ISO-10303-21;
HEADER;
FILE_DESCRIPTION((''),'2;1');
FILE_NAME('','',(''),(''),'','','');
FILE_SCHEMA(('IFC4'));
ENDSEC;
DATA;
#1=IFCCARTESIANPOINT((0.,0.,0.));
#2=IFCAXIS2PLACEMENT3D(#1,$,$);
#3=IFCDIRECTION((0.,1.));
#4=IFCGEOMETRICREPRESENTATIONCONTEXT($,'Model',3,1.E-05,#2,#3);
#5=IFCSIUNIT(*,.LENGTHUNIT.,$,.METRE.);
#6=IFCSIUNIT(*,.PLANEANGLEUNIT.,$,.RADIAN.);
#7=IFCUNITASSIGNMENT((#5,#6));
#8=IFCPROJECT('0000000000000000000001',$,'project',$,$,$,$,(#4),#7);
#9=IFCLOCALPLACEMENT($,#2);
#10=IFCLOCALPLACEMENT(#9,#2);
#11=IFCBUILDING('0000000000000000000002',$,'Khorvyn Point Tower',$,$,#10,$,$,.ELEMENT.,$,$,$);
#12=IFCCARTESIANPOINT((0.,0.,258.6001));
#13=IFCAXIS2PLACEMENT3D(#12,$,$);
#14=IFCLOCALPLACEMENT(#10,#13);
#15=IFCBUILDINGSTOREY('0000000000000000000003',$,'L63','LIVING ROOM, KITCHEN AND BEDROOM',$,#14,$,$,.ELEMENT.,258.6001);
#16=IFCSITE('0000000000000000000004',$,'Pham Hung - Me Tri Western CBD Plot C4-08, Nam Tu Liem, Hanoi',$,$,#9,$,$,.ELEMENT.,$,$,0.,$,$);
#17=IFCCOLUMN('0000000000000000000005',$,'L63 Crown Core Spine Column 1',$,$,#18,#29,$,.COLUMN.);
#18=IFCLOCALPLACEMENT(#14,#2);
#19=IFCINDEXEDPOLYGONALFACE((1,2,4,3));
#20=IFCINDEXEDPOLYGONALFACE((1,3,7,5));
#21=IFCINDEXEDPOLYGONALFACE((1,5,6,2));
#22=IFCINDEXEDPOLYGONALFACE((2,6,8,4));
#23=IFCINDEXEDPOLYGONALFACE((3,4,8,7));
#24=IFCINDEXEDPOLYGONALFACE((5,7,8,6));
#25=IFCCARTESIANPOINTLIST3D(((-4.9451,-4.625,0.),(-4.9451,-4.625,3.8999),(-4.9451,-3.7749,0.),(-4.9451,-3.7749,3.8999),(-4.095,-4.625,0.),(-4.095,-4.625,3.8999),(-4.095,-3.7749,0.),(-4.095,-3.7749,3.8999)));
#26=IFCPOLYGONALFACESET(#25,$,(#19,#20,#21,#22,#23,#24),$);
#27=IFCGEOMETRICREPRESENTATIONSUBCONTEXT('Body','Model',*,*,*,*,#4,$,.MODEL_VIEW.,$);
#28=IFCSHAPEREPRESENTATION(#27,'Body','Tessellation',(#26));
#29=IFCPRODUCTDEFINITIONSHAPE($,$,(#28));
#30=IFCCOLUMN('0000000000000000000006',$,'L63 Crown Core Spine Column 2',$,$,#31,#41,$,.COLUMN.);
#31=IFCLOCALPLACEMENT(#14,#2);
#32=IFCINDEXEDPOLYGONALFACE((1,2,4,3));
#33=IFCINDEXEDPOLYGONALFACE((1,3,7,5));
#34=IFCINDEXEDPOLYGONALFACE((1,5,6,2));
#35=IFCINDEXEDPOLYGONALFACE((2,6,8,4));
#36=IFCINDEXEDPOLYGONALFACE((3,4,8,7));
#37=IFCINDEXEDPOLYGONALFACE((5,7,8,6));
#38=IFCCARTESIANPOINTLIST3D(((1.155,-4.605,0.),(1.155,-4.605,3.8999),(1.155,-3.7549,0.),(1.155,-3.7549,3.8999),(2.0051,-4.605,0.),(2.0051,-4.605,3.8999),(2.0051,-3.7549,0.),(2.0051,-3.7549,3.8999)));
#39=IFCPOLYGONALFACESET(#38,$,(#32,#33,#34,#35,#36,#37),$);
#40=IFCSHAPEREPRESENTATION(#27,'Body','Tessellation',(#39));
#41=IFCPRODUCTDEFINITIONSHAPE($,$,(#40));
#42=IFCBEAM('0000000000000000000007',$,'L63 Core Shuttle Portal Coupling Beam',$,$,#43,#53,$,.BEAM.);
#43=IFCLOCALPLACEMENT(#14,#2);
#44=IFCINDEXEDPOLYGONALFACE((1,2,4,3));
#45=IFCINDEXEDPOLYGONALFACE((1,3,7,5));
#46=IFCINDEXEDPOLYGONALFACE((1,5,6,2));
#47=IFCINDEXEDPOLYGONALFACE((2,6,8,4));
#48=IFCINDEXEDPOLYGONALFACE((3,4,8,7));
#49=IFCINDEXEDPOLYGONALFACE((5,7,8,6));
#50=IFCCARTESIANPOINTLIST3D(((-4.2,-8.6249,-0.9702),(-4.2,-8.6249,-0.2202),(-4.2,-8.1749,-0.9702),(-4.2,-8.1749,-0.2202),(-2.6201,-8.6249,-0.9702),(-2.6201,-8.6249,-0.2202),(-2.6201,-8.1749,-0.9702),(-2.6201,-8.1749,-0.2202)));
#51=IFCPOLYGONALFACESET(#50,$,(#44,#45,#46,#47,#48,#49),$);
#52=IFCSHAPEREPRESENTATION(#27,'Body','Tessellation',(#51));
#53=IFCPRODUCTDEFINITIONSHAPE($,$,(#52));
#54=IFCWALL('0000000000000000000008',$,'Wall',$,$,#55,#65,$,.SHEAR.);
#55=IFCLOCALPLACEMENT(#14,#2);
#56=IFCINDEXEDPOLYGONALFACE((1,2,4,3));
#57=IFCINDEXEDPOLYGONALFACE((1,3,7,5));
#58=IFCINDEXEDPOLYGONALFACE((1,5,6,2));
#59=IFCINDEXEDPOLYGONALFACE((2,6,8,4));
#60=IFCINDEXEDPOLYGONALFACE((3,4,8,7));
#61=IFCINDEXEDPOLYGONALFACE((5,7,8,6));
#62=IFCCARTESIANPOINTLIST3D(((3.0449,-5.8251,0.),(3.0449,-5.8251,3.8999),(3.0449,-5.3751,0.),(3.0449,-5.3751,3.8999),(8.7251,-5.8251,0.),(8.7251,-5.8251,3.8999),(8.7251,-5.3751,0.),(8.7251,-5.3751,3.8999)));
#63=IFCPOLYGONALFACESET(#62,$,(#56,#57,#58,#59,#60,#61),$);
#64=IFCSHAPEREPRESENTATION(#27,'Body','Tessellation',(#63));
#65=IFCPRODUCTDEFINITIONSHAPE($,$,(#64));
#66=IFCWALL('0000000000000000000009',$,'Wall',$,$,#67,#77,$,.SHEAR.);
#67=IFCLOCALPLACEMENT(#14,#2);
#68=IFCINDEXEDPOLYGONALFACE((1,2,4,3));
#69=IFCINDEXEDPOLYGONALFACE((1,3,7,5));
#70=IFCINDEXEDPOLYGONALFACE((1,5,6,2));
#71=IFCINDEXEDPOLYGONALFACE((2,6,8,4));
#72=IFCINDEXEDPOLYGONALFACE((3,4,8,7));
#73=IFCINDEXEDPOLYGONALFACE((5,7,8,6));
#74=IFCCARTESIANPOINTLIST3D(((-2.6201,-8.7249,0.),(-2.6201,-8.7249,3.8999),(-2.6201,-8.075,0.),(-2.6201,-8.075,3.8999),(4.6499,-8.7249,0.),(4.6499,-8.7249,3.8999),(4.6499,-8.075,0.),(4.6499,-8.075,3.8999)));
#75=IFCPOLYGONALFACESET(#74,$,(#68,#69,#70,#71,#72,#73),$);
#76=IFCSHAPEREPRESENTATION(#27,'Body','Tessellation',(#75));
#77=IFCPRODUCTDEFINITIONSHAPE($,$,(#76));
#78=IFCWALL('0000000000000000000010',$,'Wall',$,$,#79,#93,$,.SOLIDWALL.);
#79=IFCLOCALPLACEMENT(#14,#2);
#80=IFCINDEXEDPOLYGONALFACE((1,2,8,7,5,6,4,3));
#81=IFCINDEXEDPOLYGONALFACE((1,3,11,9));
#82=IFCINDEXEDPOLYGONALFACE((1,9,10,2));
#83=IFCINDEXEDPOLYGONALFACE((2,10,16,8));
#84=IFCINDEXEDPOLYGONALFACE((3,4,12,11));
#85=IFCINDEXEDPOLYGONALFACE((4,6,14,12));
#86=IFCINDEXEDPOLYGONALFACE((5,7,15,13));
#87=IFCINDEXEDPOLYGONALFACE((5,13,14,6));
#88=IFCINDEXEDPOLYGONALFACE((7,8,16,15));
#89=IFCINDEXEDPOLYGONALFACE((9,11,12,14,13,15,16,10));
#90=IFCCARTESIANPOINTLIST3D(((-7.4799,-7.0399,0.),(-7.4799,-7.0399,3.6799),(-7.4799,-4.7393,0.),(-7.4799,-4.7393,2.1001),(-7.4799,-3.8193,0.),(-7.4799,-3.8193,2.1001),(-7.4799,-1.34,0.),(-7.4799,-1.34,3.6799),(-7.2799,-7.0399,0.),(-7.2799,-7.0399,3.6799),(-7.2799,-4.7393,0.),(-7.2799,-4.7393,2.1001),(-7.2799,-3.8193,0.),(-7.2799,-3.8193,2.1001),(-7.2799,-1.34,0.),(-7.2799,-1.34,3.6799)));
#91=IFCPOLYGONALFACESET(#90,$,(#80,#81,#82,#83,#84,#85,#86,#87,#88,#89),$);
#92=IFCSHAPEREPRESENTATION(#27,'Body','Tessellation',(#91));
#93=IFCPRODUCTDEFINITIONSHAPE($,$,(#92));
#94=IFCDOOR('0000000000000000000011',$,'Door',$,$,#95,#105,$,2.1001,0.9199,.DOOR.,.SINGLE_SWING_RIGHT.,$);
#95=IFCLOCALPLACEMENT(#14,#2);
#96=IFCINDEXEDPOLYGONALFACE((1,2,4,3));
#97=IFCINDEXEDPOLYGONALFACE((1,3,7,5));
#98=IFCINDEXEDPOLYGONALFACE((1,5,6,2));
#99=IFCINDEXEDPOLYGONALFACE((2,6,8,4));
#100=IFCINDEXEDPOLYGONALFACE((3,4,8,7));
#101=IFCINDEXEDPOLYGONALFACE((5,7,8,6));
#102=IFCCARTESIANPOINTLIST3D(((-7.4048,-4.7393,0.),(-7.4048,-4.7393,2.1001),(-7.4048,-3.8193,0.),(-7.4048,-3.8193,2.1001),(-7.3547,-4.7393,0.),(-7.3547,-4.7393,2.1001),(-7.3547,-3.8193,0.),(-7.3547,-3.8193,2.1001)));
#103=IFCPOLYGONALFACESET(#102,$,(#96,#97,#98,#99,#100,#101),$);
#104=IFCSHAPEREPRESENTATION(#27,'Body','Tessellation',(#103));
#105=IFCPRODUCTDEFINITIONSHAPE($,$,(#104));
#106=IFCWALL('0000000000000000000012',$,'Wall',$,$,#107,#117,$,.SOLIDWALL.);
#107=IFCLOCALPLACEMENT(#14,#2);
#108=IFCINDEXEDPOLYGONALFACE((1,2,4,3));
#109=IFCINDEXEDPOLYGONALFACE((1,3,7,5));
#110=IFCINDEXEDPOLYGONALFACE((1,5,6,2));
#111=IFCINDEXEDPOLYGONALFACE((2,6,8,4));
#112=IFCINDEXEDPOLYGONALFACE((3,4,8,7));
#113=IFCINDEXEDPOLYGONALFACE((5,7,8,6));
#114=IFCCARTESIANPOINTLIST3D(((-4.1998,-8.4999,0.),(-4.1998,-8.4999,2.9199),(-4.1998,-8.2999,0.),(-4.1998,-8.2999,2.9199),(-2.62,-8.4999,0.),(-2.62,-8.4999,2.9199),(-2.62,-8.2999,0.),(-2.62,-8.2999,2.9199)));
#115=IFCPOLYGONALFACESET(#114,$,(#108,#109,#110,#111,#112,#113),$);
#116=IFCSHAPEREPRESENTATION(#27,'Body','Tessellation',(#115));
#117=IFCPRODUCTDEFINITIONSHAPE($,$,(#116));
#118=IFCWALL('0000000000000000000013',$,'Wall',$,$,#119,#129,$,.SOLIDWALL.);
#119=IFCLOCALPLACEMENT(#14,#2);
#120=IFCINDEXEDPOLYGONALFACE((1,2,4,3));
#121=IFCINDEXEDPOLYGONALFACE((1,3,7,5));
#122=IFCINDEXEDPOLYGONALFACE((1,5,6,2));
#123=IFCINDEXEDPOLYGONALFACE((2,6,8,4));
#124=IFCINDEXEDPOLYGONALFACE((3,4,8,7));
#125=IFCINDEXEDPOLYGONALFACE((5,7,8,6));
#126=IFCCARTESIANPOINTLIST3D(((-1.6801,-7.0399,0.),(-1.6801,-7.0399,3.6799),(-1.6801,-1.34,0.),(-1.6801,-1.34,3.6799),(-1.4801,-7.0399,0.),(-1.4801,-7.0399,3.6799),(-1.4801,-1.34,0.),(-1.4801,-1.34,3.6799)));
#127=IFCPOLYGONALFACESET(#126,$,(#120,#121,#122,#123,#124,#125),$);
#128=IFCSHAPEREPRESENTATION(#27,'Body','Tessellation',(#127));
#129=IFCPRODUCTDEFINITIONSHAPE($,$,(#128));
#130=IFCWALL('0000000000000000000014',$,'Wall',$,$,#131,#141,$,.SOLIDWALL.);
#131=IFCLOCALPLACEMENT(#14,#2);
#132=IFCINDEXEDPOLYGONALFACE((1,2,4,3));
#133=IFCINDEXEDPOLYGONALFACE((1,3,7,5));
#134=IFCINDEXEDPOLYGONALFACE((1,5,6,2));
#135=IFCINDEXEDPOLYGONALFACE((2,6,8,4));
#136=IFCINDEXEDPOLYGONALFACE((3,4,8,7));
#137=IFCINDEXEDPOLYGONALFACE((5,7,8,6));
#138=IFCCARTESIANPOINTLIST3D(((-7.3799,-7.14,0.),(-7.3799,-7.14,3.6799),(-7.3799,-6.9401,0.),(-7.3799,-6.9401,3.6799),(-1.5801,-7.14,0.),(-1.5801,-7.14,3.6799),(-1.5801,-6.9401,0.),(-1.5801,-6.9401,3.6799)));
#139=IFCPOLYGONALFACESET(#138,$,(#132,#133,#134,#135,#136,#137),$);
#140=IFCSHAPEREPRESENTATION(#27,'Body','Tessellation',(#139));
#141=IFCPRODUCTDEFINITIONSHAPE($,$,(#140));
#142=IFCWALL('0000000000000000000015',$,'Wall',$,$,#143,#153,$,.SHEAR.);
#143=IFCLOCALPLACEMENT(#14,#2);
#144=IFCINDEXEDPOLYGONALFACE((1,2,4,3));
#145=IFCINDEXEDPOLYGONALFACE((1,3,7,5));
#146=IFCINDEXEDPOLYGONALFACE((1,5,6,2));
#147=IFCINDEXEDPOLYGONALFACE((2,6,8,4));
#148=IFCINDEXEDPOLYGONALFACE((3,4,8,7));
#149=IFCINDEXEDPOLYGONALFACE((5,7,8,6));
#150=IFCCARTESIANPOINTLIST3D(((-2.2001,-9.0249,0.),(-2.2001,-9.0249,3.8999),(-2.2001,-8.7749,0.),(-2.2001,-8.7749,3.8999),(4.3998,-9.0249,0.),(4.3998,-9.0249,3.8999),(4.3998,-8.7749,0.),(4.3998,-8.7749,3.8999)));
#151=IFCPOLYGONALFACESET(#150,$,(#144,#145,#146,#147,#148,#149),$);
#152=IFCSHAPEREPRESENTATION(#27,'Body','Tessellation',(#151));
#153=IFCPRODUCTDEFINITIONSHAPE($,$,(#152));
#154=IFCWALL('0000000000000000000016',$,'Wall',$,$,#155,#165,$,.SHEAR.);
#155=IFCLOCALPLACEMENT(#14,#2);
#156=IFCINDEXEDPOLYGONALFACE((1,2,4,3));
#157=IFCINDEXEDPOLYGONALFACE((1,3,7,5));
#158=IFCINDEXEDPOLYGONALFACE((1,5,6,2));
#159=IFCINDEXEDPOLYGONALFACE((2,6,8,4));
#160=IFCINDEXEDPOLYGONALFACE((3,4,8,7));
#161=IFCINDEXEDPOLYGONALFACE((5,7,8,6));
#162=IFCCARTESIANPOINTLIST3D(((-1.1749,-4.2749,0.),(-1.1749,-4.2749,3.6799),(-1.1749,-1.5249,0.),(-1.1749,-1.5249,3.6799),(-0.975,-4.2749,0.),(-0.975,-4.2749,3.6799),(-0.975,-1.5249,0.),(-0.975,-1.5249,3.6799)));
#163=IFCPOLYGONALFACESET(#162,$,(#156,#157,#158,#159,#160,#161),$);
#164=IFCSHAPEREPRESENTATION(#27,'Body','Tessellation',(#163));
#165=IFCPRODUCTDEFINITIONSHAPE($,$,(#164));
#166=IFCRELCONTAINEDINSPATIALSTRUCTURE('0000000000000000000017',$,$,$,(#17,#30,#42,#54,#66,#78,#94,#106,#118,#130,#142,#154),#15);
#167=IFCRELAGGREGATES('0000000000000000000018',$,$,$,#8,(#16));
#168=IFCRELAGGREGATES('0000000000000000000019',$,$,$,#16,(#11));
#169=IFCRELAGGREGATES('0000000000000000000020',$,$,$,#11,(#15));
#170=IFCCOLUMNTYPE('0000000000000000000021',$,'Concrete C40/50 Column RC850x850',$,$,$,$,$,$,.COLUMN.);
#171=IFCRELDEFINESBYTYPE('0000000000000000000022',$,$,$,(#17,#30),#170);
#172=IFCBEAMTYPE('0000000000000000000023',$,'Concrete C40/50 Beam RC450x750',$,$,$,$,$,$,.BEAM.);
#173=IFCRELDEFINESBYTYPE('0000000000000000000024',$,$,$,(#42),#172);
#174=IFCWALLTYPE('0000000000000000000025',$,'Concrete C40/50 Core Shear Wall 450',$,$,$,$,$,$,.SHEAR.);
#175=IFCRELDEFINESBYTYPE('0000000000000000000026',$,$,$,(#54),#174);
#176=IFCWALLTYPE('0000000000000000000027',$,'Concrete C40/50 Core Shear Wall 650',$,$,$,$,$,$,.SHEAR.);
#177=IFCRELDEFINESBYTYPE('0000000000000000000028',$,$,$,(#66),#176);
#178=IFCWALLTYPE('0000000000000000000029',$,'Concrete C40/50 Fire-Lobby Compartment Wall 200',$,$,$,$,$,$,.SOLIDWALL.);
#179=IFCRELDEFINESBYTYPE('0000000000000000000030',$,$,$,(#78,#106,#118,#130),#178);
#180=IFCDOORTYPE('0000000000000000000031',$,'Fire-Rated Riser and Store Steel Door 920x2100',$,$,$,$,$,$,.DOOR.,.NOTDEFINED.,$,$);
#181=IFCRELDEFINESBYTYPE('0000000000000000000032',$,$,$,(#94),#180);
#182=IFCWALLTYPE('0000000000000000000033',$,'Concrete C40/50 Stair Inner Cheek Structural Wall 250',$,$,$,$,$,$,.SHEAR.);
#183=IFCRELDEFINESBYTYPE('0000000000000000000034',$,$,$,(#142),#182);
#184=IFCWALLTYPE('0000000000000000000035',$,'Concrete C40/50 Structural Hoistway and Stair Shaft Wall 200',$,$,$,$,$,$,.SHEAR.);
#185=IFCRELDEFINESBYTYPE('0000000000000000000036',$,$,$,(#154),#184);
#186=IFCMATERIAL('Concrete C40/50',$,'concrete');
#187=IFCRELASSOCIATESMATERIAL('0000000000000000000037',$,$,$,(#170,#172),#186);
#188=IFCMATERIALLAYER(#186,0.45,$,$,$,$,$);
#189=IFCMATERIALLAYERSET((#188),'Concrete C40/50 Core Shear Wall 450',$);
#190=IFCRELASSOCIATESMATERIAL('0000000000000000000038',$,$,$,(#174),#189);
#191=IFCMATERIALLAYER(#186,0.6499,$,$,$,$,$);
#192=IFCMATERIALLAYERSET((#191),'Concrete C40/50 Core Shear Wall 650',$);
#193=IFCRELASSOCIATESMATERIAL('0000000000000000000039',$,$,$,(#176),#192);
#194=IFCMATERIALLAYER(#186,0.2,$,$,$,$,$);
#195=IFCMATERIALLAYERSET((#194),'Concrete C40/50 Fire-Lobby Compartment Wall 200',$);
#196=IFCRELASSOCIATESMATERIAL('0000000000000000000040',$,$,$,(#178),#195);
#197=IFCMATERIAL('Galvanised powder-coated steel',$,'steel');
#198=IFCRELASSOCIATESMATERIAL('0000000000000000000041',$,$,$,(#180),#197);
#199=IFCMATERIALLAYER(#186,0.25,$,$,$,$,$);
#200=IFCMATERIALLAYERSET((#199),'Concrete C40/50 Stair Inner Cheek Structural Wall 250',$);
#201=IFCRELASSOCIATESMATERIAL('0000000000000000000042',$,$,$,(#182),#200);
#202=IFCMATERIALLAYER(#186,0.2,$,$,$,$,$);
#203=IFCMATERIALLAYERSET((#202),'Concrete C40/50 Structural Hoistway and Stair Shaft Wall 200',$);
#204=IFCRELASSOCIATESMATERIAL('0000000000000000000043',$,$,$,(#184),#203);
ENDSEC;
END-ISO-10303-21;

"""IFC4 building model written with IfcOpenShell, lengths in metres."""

from ifc_helpers import new_model, si_unit, direction, frame, frame_2d, origin, origin_2d, place, context, subcontext, project, spatial, rectangle, extrude, material, layer, layer_set, material_profile, profile_set, type_object, element, fill, save


model = new_model("IFC4")

# Units and contexts
model_context = context("Model", 3, precision=1e-05, world=origin(), true_north=direction((0.0, 1.0)))
body_context = subcontext(model_context, "Body", "Model", "MODEL_VIEW")
ifc_project = project(units=[si_unit("LENGTHUNIT", "METRE"), si_unit("PLANEANGLEUNIT", "RADIAN")], contexts=[model_context])

# Site, building, storey
site_placement = place(None, origin())
site = spatial("IfcSite", under=ifc_project, at=site_placement, Name="Pham Hung - Me Tri Western CBD Plot C4-08, Nam Tu Liem, Hanoi", CompositionType="ELEMENT", RefElevation=0.0)
building_placement = place(site_placement, origin())
building = spatial("IfcBuilding", under=site, at=building_placement, Name="Khorvyn Point Tower", CompositionType="ELEMENT")
storey_placement = place(building_placement, frame((0.0, 0.0, 258.6001)))
storey = spatial("IfcBuildingStorey", under=building, at=storey_placement, Name="L63", Description="LIVING ROOM, KITCHEN AND BEDROOM", CompositionType="ELEMENT", Elevation=258.6001)

# Columns
ifc_material_1 = material(Name="Concrete C40/50", Category="concrete")
ifc_material_profile_1 = material_profile(ifc_material_1, rectangle(XDim=0.8501, YDim=0.8501, at=origin_2d()))
ifc_profile_set_1 = profile_set([ifc_material_profile_1], Name="Concrete C40/50 RC850x850")
column_type = type_object("IfcColumnType", Name="Concrete C40/50 Column RC850x850", PredefinedType="COLUMN", material=ifc_profile_set_1)
for number, where, z_axis, x_axis, name in (
    (1, (-4.52, -4.2, 0.0), (0.0, 0.0, 1.0), (1.0, 0.0, 0.0), "L63 Crown Core Spine Column 1"),
    (2, (1.5801, -4.1799, 0.0), (0.0, 0.0, 1.0), (1.0, 0.0, 0.0), "L63 Crown Core Spine Column 2"),
):
    element("IfcColumn", number, at=place(storey_placement, frame(where, z_axis=z_axis, x_axis=x_axis)), inside=storey, type_object=column_type, Name=name, PredefinedType="COLUMN", context=body_context, shape_type="SweptSolid", body=[
        extrude(rectangle(XDim=0.8501, YDim=0.8501, at=origin_2d()), origin(), (0.0, 0.0, 1.0), 3.8999),
    ])

# Beam
ifc_material_profile_2 = material_profile(ifc_material_1, rectangle(XDim=0.45, YDim=0.75, at=origin_2d()))
ifc_profile_set_2 = profile_set([ifc_material_profile_2], Name="Concrete C40/50 RC450x750")
beam_type = type_object("IfcBeamType", Name="Concrete C40/50 Beam RC450x750", PredefinedType="BEAM", material=ifc_profile_set_2)
beam_placement = place(storey_placement, frame((-4.2, -8.3999, -0.5952), z_axis=(1.0, 0.0, 0.0), x_axis=(0.0, 1.0, 0.0)))
element("IfcBeam", 3, at=beam_placement, inside=storey, type_object=beam_type, Name="L63 Core Shuttle Portal Coupling Beam", PredefinedType="BEAM", context=body_context, shape_type="SweptSolid", body=[
    extrude(rectangle(XDim=0.45, YDim=0.75, at=origin_2d()), origin(), (0.0, 0.0, 1.0), 1.5798),
])

# Walls
ifc_layer_1 = layer(ifc_material_1, 0.45)
ifc_layer_set_1 = layer_set([ifc_layer_1], Name="Concrete C40/50 Core Shear Wall 450")
wall_type_1 = type_object("IfcWallType", Name="Concrete C40/50 Core Shear Wall 450", PredefinedType="SHEAR", material=ifc_layer_set_1)
wall_1_placement = place(storey_placement, frame((3.0449, -5.6001, 0.0), z_axis=(0.0, 0.0, 1.0), x_axis=(1.0, 0.0, 0.0)))
element("IfcWall", 4, at=wall_1_placement, inside=storey, type_object=wall_type_1, Name="Wall", PredefinedType="SHEAR", context=body_context, shape_type="SweptSolid", body=[
    extrude(rectangle(XDim=5.6802, YDim=0.45, at=frame_2d((2.8401, 0.0))), origin(), (0.0, 0.0, 1.0), 3.8999),
])
ifc_layer_2 = layer(ifc_material_1, 0.6499)
ifc_layer_set_2 = layer_set([ifc_layer_2], Name="Concrete C40/50 Core Shear Wall 650")
wall_type_2 = type_object("IfcWallType", Name="Concrete C40/50 Core Shear Wall 650", PredefinedType="SHEAR", material=ifc_layer_set_2)
wall_2_placement = place(storey_placement, frame((-2.6201, -8.3999, 0.0), z_axis=(0.0, 0.0, 1.0), x_axis=(1.0, 0.0, 0.0)))
element("IfcWall", 5, at=wall_2_placement, inside=storey, type_object=wall_type_2, Name="Wall", PredefinedType="SHEAR", context=body_context, shape_type="SweptSolid", body=[
    extrude(rectangle(XDim=7.27, YDim=0.6499, at=frame_2d((3.635, 0.0))), origin(), (0.0, 0.0, 1.0), 3.8999),
])

# Wall, opening, door
ifc_layer_3 = layer(ifc_material_1, 0.2)
ifc_layer_set_3 = layer_set([ifc_layer_3], Name="Concrete C40/50 Fire-Lobby Compartment Wall 200")
wall_type_3 = type_object("IfcWallType", Name="Concrete C40/50 Fire-Lobby Compartment Wall 200", PredefinedType="SOLIDWALL", material=ifc_layer_set_3)
wall_3_placement = place(storey_placement, frame((-7.3799, -7.04, 0.0), z_axis=(0.0, 0.0, 1.0), x_axis=(0.0, 1.0, 0.0)))
wall_3 = element("IfcWall", 6, at=wall_3_placement, inside=storey, type_object=wall_type_3, Name="Wall", PredefinedType="SOLIDWALL", context=body_context, shape_type="SweptSolid", body=[
    extrude(rectangle(XDim=5.7, YDim=0.2, at=frame_2d((2.8501, 0.0))), origin(), (0.0, 0.0, 1.0), 3.6799),
])
opening_1_placement = place(wall_3_placement, frame((2.3008, 0.0, 0.0)))
opening_1 = element("IfcOpeningElement", 7, at=opening_1_placement, cuts=wall_3, PredefinedType="OPENING", context=body_context, shape_type="SweptSolid", body=[
    extrude(rectangle(XDim=0.9199, YDim=2.1001, at=frame_2d((0.46, 1.05))), frame((0.0, 0.1099, 0.0), z_axis=(0.0, -1.0, 0.0), x_axis=(1.0, 0.0, 0.0)), (0.0, 0.0, 1.0), 0.22),
])
ifc_material_2 = material(Name="Galvanised powder-coated steel", Category="steel")
door_type_1 = type_object("IfcDoorType", Name="Fire-Rated Riser and Store Steel Door 920x2100", OperationType="NOTDEFINED", PredefinedType="DOOR", material=ifc_material_2)
door_1_placement = place(opening_1_placement, origin())
door_1 = element("IfcDoor", 8, at=door_1_placement, inside=storey, type_object=door_type_1, Name="Door", OperationType="SINGLE_SWING_RIGHT", OverallHeight=2.1001, OverallWidth=0.9199, PredefinedType="DOOR", context=body_context, shape_type="SweptSolid", body=[
    extrude(rectangle(XDim=0.9199, YDim=2.1001, at=frame_2d((0.46, 1.05))), frame((0.0, 0.0249, 0.0), z_axis=(0.0, -1.0, 0.0), x_axis=(1.0, 0.0, 0.0)), (0.0, 0.0, 1.0), 0.05),
])
fill(opening_1, door_1)

# Walls
wall_4_placement = place(storey_placement, frame((-4.2, -8.3999, 0.0), z_axis=(0.0, 0.0, 1.0), x_axis=(1.0, 0.0, 0.0)))
element("IfcWall", 9, at=wall_4_placement, inside=storey, type_object=wall_type_3, Name="Wall", PredefinedType="SOLIDWALL", context=body_context, shape_type="SweptSolid", body=[
    extrude(rectangle(XDim=1.5798, YDim=0.2, at=frame_2d((0.79, 0.0))), origin(), (0.0, 0.0, 1.0), 2.9199),
])
wall_5_placement = place(storey_placement, frame((-1.5801, -7.04, 0.0), z_axis=(0.0, 0.0, 1.0), x_axis=(0.0, 1.0, 0.0)))
element("IfcWall", 10, at=wall_5_placement, inside=storey, type_object=wall_type_3, Name="Wall", PredefinedType="SOLIDWALL", context=body_context, shape_type="SweptSolid", body=[
    extrude(rectangle(XDim=5.7, YDim=0.2, at=frame_2d((2.8501, 0.0))), origin(), (0.0, 0.0, 1.0), 3.6799),
])
wall_6_placement = place(storey_placement, frame((-7.3799, -7.04, 0.0), z_axis=(0.0, 0.0, 1.0), x_axis=(1.0, 0.0, 0.0)))
element("IfcWall", 11, at=wall_6_placement, inside=storey, type_object=wall_type_3, Name="Wall", PredefinedType="SOLIDWALL", context=body_context, shape_type="SweptSolid", body=[
    extrude(rectangle(XDim=5.7998, YDim=0.2, at=frame_2d((2.8999, 0.0))), origin(), (0.0, 0.0, 1.0), 3.6799),
])
ifc_layer_4 = layer(ifc_material_1, 0.25)
ifc_layer_set_4 = layer_set([ifc_layer_4], Name="Concrete C40/50 Stair Inner Cheek Structural Wall 250")
wall_type_4 = type_object("IfcWallType", Name="Concrete C40/50 Stair Inner Cheek Structural Wall 250", PredefinedType="SHEAR", material=ifc_layer_set_4)
wall_7_placement = place(storey_placement, frame((-2.2, -8.8999, 0.0), z_axis=(0.0, 0.0, 1.0), x_axis=(1.0, 0.0, 0.0)))
element("IfcWall", 12, at=wall_7_placement, inside=storey, type_object=wall_type_4, Name="Wall", PredefinedType="SHEAR", context=body_context, shape_type="SweptSolid", body=[
    extrude(rectangle(XDim=6.5999, YDim=0.25, at=frame_2d((3.2998, 0.0))), origin(), (0.0, 0.0, 1.0), 3.8999),
])
ifc_layer_5 = layer(ifc_material_1, 0.2)
ifc_layer_set_5 = layer_set([ifc_layer_5], Name="Concrete C40/50 Structural Hoistway and Stair Shaft Wall 200")
wall_type_5 = type_object("IfcWallType", Name="Concrete C40/50 Structural Hoistway and Stair Shaft Wall 200", PredefinedType="SHEAR", material=ifc_layer_set_5)
wall_8_placement = place(storey_placement, frame((-1.075, -4.2749, 0.0), z_axis=(0.0, 0.0, 1.0), x_axis=(0.0, 1.0, 0.0)))
element("IfcWall", 13, at=wall_8_placement, inside=storey, type_object=wall_type_5, Name="Wall", PredefinedType="SHEAR", context=body_context, shape_type="SweptSolid", body=[
    extrude(rectangle(XDim=2.75, YDim=0.2, at=frame_2d((1.375, 0.0))), origin(), (0.0, 0.0, 1.0), 3.6799),
])

save(model, "model.ifc")
